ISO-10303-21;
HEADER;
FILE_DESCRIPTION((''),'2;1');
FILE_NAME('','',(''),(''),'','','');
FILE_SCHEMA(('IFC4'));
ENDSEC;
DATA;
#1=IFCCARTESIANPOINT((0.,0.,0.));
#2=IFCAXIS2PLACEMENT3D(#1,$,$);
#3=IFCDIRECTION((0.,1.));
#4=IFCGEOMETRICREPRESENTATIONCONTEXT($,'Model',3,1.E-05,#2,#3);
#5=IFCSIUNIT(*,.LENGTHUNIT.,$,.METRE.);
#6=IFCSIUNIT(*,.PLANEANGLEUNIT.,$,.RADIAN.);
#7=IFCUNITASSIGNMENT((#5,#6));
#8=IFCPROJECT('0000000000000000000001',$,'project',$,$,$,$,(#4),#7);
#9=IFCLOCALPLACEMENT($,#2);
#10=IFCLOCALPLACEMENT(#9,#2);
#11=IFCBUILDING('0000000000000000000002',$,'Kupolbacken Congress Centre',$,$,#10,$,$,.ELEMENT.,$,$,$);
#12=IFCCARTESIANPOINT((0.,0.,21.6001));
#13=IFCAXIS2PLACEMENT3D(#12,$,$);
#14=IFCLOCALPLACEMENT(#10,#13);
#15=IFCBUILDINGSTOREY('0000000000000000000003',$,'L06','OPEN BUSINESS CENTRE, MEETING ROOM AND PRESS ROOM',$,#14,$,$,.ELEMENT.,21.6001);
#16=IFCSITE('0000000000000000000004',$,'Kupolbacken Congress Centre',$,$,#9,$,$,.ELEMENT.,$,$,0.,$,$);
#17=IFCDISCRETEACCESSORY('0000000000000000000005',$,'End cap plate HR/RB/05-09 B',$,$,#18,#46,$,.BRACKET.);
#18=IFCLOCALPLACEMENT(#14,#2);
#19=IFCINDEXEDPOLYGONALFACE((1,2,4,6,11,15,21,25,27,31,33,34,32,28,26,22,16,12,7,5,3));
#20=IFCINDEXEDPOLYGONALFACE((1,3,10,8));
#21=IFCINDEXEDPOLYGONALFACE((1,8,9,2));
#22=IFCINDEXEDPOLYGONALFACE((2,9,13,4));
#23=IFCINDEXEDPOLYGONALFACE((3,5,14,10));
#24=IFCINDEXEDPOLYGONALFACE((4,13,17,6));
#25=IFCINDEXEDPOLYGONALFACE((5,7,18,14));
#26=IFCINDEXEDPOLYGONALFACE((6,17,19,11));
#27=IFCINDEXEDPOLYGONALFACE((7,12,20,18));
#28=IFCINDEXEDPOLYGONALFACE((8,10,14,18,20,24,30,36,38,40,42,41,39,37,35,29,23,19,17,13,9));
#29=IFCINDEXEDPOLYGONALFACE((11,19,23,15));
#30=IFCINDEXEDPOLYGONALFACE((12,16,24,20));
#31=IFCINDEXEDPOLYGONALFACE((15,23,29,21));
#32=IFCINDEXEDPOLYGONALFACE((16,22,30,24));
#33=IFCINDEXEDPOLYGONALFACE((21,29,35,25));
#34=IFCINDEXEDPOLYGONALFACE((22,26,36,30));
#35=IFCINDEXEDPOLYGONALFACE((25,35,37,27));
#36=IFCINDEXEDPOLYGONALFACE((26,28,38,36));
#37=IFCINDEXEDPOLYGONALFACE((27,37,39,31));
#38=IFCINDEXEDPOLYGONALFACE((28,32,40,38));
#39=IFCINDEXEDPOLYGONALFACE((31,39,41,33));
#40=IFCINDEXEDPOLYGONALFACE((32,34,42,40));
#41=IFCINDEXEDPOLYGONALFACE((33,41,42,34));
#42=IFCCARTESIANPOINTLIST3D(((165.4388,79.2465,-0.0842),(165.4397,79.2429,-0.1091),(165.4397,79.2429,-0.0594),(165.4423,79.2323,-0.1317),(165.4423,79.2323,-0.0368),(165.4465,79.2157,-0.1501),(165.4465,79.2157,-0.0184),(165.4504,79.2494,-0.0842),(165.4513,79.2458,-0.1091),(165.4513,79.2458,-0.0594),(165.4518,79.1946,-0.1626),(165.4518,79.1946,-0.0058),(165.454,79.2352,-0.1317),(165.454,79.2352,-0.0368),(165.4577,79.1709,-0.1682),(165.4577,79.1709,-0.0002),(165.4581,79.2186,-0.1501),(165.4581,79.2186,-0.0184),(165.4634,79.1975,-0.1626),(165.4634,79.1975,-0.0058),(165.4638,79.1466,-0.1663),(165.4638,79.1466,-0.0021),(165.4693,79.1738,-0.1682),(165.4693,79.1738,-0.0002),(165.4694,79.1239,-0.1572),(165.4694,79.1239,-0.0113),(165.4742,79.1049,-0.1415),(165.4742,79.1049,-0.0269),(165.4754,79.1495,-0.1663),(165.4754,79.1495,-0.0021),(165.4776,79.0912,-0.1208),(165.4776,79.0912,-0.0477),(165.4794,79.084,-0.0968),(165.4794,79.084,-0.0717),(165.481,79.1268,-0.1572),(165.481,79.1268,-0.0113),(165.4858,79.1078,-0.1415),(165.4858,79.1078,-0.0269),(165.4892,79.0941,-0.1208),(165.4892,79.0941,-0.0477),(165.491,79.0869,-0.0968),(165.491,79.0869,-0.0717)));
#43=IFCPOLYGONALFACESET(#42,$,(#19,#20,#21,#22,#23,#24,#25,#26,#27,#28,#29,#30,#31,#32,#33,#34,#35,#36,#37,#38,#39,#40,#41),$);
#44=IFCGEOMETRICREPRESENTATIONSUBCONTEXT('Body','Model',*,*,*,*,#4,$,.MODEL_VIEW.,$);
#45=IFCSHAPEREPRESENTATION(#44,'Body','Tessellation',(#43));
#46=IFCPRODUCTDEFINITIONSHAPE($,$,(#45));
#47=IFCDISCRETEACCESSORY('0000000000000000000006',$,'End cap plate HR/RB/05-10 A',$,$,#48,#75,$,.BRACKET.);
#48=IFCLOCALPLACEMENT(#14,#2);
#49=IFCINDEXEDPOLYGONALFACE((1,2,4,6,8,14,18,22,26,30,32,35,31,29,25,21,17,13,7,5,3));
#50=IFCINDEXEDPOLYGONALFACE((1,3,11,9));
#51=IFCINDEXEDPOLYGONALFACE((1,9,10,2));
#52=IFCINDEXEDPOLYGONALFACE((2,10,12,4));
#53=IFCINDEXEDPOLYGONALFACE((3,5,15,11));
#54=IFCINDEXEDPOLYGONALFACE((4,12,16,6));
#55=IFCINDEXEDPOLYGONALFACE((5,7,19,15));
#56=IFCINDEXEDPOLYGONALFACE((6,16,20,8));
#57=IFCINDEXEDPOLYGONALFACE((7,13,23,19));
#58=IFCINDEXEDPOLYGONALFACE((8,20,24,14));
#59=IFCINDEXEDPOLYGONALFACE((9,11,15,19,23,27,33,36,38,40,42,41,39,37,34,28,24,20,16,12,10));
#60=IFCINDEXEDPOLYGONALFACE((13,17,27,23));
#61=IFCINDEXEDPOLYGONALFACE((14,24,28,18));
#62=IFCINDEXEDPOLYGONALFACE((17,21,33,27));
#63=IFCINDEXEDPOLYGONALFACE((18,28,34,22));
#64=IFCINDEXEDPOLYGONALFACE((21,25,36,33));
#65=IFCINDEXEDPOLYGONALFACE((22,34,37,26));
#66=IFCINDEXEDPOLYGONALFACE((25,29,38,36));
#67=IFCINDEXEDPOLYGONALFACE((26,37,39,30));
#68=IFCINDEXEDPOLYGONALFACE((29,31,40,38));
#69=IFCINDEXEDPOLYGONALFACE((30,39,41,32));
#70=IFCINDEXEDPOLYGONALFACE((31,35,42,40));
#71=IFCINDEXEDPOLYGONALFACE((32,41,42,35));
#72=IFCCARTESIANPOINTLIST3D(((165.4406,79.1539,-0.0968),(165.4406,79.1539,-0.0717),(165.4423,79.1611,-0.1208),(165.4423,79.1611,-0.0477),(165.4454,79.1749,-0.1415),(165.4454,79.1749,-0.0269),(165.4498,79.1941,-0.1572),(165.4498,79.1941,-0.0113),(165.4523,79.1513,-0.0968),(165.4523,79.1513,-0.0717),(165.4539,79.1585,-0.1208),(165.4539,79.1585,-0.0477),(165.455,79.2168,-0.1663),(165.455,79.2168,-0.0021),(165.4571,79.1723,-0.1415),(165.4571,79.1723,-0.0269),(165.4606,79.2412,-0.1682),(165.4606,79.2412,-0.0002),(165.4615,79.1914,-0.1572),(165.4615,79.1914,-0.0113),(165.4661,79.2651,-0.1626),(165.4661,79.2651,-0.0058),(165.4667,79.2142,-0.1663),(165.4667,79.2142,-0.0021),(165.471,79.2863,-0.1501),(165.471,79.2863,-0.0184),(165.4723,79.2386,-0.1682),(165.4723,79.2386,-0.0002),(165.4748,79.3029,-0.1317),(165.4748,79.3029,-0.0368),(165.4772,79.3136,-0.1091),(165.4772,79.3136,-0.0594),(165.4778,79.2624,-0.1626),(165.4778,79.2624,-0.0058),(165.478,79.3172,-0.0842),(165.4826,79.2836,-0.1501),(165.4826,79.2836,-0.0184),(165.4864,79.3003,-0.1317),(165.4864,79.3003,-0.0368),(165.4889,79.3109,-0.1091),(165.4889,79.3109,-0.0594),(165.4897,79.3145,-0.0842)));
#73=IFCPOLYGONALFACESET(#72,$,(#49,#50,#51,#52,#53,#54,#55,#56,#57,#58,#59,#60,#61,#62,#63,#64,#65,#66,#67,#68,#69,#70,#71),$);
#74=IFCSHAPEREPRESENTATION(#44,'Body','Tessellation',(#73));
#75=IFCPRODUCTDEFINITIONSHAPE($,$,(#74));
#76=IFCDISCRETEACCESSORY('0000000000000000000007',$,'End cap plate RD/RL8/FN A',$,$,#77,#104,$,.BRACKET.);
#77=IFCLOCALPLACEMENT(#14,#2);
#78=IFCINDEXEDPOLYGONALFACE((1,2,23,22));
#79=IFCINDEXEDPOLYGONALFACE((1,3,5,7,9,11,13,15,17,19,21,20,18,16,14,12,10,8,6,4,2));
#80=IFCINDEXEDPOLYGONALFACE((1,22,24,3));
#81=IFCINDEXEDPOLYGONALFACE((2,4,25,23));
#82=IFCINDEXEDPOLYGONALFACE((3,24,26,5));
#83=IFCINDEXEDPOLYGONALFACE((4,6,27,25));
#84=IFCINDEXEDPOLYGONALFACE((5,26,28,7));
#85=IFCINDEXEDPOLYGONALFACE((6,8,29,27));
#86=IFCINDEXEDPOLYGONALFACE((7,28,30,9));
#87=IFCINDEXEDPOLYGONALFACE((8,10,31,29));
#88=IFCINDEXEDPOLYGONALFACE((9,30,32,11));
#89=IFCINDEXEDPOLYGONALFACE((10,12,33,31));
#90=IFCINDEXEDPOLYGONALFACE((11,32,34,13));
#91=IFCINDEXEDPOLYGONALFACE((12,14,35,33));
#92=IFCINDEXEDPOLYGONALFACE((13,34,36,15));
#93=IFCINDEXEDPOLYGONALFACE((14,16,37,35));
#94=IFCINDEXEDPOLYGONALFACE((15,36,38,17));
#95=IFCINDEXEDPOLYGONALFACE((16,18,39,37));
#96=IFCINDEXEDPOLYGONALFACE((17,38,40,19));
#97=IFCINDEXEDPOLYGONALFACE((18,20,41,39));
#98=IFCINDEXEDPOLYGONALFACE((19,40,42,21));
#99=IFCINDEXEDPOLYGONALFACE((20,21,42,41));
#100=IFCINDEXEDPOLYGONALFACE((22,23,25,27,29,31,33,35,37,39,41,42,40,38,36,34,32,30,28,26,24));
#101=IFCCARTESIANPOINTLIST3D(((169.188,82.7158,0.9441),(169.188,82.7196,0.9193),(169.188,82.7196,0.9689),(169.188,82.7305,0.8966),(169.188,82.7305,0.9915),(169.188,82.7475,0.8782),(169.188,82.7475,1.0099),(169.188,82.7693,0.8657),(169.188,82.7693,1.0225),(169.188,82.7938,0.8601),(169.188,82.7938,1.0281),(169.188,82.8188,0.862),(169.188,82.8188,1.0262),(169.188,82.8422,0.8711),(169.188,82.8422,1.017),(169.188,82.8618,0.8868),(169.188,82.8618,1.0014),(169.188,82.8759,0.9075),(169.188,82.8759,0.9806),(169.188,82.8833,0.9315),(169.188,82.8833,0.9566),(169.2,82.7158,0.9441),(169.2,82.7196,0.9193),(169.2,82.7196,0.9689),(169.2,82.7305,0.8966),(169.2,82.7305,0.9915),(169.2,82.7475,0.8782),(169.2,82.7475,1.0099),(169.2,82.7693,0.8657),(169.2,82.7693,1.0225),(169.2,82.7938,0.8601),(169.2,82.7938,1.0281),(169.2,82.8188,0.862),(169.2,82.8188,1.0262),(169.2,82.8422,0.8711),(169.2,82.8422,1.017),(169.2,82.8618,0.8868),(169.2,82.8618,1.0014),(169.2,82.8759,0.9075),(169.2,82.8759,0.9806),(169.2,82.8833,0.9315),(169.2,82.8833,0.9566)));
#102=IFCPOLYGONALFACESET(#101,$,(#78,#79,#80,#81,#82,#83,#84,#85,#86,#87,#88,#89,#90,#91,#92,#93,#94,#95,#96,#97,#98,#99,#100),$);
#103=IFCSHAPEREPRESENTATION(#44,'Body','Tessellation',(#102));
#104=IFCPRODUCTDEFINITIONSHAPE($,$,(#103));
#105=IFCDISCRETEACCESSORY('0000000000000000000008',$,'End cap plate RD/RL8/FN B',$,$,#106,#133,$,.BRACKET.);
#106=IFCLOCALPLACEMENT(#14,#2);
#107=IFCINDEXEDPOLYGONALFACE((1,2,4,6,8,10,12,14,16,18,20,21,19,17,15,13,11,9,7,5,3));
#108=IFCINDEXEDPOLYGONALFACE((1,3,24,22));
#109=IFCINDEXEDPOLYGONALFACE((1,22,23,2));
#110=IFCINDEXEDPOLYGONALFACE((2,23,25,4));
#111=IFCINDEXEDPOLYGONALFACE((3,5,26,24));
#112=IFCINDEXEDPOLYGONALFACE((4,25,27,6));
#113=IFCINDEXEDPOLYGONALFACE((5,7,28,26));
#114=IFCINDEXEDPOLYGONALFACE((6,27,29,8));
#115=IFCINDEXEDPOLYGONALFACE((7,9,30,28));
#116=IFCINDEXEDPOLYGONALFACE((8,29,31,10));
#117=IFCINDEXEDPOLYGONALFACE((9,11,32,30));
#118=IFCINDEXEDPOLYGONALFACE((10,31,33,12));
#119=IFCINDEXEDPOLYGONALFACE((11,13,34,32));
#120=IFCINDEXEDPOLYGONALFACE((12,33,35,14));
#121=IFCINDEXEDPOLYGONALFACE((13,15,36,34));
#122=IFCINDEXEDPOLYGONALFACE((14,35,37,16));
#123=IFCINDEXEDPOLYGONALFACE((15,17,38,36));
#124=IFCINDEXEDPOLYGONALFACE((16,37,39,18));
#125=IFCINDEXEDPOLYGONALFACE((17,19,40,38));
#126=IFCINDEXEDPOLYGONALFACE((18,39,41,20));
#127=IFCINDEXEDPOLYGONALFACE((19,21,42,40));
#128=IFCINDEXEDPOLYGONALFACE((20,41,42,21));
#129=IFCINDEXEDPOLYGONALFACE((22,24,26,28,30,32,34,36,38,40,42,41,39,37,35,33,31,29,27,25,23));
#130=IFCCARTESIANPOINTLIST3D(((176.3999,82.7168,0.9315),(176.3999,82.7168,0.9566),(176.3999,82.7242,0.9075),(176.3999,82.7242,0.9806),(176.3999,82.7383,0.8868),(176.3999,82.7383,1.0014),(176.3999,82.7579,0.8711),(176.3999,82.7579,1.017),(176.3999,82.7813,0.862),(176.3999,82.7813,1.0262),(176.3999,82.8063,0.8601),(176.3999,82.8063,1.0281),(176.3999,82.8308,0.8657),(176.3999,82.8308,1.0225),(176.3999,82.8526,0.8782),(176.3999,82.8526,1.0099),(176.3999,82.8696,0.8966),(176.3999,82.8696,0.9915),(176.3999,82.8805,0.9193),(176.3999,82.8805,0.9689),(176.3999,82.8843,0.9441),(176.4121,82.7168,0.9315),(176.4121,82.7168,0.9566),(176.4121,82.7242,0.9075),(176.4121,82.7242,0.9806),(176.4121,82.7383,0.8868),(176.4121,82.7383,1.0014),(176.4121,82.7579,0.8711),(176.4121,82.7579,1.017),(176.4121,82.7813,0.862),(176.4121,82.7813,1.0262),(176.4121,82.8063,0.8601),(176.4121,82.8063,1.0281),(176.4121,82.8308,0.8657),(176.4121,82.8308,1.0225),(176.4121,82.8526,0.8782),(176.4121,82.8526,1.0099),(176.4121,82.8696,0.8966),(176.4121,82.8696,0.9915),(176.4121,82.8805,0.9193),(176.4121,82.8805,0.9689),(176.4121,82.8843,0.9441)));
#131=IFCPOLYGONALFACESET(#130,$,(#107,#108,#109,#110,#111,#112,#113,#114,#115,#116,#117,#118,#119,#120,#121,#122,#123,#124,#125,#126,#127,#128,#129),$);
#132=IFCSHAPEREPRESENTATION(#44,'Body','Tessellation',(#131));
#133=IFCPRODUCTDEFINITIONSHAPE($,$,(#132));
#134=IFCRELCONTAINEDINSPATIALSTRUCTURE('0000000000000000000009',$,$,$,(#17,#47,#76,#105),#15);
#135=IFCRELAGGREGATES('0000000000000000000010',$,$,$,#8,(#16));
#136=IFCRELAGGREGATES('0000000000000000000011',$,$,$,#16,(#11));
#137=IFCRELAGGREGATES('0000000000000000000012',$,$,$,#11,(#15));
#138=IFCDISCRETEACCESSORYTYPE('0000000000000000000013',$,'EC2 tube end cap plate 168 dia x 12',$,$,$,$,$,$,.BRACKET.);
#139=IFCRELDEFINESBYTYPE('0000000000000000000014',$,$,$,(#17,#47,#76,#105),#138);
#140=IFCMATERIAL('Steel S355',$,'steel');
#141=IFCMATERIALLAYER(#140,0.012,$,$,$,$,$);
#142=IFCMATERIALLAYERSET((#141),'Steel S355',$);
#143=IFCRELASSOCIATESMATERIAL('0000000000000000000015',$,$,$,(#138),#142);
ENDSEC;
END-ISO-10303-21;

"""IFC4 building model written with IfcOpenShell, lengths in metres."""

from ifc_helpers import new_model, si_unit, direction, frame, origin, origin_2d, place, context, subcontext, project, spatial, circle, extrude, material, layer, layer_set, type_object, element, save


model = new_model("IFC4")

# Units and contexts
model_context = context("Model", 3, precision=1e-05, world=origin(), true_north=direction((0.0, 1.0)))
body_context = subcontext(model_context, "Body", "Model", "MODEL_VIEW")
ifc_project = project(units=[si_unit("LENGTHUNIT", "METRE"), si_unit("PLANEANGLEUNIT", "RADIAN")], contexts=[model_context])

# Site, building, storey
site_placement = place(None, origin())
site = spatial("IfcSite", under=ifc_project, at=site_placement, Name="Kupolbacken Congress Centre", CompositionType="ELEMENT", RefElevation=0.0)
building_placement = place(site_placement, origin())
building = spatial("IfcBuilding", under=site, at=building_placement, Name="Kupolbacken Congress Centre", CompositionType="ELEMENT")
storey_placement = place(building_placement, frame((0.0, 0.0, 21.6001)))
storey = spatial("IfcBuildingStorey", under=building, at=storey_placement, Name="L06", Description="OPEN BUSINESS CENTRE, MEETING ROOM AND PRESS ROOM", CompositionType="ELEMENT", Elevation=21.6001)

# Discrete accessories
ifc_material_1 = material(Name="Steel S355", Category="steel")
ifc_layer_1 = layer(ifc_material_1, 0.012)
ifc_layer_set_1 = layer_set([ifc_layer_1], Name="Steel S355")
discrete_accessory_type = type_object("IfcDiscreteAccessoryType", Name="EC2 tube end cap plate 168 dia x 12", PredefinedType="BRACKET", material=ifc_layer_set_1)
for number, where, z_axis, x_axis, name in (
    (1, (165.4592, 79.1648, -0.0842), (0.970143, 0.242536, 0.0), (-0.242536, 0.970143, 0.0), "End cap plate HR/RB/05-09 B"),
    (2, (165.4592, 79.2351, -0.0842), (0.974732, -0.223376, 0.0), (0.223376, 0.974732, 0.0), "End cap plate HR/RB/05-10 A"),
    (3, (169.2, 82.8, 0.9441), (-1.0, 0.0, 0.0), (0.0, -1.0, 0.0), "End cap plate RD/RL8/FN A"),
):
    element("IfcDiscreteAccessory", number, at=place(storey_placement, frame(where, z_axis=z_axis, x_axis=x_axis)), inside=storey, type_object=discrete_accessory_type, Name=name, PredefinedType="BRACKET", context=body_context, shape_type="SweptSolid", body=[
        extrude(circle(Radius=0.0842, at=origin_2d()), origin(), (0.0, 0.0, 1.0), 0.012),
    ])
discrete_accessory_placement = place(storey_placement, frame((176.3999, 82.8, 0.9441), z_axis=(1.0, 0.0, 0.0), x_axis=(0.0, 1.0, 0.0)))
element("IfcDiscreteAccessory", 4, at=discrete_accessory_placement, inside=storey, type_object=discrete_accessory_type, Name="End cap plate RD/RL8/FN B", PredefinedType="BRACKET", context=body_context, shape_type="SweptSolid", body=[
    extrude(circle(Radius=0.0842, at=origin_2d()), origin(), (0.0, 0.0, 1.0), 0.0122),
])

save(model, "model.ifc")
